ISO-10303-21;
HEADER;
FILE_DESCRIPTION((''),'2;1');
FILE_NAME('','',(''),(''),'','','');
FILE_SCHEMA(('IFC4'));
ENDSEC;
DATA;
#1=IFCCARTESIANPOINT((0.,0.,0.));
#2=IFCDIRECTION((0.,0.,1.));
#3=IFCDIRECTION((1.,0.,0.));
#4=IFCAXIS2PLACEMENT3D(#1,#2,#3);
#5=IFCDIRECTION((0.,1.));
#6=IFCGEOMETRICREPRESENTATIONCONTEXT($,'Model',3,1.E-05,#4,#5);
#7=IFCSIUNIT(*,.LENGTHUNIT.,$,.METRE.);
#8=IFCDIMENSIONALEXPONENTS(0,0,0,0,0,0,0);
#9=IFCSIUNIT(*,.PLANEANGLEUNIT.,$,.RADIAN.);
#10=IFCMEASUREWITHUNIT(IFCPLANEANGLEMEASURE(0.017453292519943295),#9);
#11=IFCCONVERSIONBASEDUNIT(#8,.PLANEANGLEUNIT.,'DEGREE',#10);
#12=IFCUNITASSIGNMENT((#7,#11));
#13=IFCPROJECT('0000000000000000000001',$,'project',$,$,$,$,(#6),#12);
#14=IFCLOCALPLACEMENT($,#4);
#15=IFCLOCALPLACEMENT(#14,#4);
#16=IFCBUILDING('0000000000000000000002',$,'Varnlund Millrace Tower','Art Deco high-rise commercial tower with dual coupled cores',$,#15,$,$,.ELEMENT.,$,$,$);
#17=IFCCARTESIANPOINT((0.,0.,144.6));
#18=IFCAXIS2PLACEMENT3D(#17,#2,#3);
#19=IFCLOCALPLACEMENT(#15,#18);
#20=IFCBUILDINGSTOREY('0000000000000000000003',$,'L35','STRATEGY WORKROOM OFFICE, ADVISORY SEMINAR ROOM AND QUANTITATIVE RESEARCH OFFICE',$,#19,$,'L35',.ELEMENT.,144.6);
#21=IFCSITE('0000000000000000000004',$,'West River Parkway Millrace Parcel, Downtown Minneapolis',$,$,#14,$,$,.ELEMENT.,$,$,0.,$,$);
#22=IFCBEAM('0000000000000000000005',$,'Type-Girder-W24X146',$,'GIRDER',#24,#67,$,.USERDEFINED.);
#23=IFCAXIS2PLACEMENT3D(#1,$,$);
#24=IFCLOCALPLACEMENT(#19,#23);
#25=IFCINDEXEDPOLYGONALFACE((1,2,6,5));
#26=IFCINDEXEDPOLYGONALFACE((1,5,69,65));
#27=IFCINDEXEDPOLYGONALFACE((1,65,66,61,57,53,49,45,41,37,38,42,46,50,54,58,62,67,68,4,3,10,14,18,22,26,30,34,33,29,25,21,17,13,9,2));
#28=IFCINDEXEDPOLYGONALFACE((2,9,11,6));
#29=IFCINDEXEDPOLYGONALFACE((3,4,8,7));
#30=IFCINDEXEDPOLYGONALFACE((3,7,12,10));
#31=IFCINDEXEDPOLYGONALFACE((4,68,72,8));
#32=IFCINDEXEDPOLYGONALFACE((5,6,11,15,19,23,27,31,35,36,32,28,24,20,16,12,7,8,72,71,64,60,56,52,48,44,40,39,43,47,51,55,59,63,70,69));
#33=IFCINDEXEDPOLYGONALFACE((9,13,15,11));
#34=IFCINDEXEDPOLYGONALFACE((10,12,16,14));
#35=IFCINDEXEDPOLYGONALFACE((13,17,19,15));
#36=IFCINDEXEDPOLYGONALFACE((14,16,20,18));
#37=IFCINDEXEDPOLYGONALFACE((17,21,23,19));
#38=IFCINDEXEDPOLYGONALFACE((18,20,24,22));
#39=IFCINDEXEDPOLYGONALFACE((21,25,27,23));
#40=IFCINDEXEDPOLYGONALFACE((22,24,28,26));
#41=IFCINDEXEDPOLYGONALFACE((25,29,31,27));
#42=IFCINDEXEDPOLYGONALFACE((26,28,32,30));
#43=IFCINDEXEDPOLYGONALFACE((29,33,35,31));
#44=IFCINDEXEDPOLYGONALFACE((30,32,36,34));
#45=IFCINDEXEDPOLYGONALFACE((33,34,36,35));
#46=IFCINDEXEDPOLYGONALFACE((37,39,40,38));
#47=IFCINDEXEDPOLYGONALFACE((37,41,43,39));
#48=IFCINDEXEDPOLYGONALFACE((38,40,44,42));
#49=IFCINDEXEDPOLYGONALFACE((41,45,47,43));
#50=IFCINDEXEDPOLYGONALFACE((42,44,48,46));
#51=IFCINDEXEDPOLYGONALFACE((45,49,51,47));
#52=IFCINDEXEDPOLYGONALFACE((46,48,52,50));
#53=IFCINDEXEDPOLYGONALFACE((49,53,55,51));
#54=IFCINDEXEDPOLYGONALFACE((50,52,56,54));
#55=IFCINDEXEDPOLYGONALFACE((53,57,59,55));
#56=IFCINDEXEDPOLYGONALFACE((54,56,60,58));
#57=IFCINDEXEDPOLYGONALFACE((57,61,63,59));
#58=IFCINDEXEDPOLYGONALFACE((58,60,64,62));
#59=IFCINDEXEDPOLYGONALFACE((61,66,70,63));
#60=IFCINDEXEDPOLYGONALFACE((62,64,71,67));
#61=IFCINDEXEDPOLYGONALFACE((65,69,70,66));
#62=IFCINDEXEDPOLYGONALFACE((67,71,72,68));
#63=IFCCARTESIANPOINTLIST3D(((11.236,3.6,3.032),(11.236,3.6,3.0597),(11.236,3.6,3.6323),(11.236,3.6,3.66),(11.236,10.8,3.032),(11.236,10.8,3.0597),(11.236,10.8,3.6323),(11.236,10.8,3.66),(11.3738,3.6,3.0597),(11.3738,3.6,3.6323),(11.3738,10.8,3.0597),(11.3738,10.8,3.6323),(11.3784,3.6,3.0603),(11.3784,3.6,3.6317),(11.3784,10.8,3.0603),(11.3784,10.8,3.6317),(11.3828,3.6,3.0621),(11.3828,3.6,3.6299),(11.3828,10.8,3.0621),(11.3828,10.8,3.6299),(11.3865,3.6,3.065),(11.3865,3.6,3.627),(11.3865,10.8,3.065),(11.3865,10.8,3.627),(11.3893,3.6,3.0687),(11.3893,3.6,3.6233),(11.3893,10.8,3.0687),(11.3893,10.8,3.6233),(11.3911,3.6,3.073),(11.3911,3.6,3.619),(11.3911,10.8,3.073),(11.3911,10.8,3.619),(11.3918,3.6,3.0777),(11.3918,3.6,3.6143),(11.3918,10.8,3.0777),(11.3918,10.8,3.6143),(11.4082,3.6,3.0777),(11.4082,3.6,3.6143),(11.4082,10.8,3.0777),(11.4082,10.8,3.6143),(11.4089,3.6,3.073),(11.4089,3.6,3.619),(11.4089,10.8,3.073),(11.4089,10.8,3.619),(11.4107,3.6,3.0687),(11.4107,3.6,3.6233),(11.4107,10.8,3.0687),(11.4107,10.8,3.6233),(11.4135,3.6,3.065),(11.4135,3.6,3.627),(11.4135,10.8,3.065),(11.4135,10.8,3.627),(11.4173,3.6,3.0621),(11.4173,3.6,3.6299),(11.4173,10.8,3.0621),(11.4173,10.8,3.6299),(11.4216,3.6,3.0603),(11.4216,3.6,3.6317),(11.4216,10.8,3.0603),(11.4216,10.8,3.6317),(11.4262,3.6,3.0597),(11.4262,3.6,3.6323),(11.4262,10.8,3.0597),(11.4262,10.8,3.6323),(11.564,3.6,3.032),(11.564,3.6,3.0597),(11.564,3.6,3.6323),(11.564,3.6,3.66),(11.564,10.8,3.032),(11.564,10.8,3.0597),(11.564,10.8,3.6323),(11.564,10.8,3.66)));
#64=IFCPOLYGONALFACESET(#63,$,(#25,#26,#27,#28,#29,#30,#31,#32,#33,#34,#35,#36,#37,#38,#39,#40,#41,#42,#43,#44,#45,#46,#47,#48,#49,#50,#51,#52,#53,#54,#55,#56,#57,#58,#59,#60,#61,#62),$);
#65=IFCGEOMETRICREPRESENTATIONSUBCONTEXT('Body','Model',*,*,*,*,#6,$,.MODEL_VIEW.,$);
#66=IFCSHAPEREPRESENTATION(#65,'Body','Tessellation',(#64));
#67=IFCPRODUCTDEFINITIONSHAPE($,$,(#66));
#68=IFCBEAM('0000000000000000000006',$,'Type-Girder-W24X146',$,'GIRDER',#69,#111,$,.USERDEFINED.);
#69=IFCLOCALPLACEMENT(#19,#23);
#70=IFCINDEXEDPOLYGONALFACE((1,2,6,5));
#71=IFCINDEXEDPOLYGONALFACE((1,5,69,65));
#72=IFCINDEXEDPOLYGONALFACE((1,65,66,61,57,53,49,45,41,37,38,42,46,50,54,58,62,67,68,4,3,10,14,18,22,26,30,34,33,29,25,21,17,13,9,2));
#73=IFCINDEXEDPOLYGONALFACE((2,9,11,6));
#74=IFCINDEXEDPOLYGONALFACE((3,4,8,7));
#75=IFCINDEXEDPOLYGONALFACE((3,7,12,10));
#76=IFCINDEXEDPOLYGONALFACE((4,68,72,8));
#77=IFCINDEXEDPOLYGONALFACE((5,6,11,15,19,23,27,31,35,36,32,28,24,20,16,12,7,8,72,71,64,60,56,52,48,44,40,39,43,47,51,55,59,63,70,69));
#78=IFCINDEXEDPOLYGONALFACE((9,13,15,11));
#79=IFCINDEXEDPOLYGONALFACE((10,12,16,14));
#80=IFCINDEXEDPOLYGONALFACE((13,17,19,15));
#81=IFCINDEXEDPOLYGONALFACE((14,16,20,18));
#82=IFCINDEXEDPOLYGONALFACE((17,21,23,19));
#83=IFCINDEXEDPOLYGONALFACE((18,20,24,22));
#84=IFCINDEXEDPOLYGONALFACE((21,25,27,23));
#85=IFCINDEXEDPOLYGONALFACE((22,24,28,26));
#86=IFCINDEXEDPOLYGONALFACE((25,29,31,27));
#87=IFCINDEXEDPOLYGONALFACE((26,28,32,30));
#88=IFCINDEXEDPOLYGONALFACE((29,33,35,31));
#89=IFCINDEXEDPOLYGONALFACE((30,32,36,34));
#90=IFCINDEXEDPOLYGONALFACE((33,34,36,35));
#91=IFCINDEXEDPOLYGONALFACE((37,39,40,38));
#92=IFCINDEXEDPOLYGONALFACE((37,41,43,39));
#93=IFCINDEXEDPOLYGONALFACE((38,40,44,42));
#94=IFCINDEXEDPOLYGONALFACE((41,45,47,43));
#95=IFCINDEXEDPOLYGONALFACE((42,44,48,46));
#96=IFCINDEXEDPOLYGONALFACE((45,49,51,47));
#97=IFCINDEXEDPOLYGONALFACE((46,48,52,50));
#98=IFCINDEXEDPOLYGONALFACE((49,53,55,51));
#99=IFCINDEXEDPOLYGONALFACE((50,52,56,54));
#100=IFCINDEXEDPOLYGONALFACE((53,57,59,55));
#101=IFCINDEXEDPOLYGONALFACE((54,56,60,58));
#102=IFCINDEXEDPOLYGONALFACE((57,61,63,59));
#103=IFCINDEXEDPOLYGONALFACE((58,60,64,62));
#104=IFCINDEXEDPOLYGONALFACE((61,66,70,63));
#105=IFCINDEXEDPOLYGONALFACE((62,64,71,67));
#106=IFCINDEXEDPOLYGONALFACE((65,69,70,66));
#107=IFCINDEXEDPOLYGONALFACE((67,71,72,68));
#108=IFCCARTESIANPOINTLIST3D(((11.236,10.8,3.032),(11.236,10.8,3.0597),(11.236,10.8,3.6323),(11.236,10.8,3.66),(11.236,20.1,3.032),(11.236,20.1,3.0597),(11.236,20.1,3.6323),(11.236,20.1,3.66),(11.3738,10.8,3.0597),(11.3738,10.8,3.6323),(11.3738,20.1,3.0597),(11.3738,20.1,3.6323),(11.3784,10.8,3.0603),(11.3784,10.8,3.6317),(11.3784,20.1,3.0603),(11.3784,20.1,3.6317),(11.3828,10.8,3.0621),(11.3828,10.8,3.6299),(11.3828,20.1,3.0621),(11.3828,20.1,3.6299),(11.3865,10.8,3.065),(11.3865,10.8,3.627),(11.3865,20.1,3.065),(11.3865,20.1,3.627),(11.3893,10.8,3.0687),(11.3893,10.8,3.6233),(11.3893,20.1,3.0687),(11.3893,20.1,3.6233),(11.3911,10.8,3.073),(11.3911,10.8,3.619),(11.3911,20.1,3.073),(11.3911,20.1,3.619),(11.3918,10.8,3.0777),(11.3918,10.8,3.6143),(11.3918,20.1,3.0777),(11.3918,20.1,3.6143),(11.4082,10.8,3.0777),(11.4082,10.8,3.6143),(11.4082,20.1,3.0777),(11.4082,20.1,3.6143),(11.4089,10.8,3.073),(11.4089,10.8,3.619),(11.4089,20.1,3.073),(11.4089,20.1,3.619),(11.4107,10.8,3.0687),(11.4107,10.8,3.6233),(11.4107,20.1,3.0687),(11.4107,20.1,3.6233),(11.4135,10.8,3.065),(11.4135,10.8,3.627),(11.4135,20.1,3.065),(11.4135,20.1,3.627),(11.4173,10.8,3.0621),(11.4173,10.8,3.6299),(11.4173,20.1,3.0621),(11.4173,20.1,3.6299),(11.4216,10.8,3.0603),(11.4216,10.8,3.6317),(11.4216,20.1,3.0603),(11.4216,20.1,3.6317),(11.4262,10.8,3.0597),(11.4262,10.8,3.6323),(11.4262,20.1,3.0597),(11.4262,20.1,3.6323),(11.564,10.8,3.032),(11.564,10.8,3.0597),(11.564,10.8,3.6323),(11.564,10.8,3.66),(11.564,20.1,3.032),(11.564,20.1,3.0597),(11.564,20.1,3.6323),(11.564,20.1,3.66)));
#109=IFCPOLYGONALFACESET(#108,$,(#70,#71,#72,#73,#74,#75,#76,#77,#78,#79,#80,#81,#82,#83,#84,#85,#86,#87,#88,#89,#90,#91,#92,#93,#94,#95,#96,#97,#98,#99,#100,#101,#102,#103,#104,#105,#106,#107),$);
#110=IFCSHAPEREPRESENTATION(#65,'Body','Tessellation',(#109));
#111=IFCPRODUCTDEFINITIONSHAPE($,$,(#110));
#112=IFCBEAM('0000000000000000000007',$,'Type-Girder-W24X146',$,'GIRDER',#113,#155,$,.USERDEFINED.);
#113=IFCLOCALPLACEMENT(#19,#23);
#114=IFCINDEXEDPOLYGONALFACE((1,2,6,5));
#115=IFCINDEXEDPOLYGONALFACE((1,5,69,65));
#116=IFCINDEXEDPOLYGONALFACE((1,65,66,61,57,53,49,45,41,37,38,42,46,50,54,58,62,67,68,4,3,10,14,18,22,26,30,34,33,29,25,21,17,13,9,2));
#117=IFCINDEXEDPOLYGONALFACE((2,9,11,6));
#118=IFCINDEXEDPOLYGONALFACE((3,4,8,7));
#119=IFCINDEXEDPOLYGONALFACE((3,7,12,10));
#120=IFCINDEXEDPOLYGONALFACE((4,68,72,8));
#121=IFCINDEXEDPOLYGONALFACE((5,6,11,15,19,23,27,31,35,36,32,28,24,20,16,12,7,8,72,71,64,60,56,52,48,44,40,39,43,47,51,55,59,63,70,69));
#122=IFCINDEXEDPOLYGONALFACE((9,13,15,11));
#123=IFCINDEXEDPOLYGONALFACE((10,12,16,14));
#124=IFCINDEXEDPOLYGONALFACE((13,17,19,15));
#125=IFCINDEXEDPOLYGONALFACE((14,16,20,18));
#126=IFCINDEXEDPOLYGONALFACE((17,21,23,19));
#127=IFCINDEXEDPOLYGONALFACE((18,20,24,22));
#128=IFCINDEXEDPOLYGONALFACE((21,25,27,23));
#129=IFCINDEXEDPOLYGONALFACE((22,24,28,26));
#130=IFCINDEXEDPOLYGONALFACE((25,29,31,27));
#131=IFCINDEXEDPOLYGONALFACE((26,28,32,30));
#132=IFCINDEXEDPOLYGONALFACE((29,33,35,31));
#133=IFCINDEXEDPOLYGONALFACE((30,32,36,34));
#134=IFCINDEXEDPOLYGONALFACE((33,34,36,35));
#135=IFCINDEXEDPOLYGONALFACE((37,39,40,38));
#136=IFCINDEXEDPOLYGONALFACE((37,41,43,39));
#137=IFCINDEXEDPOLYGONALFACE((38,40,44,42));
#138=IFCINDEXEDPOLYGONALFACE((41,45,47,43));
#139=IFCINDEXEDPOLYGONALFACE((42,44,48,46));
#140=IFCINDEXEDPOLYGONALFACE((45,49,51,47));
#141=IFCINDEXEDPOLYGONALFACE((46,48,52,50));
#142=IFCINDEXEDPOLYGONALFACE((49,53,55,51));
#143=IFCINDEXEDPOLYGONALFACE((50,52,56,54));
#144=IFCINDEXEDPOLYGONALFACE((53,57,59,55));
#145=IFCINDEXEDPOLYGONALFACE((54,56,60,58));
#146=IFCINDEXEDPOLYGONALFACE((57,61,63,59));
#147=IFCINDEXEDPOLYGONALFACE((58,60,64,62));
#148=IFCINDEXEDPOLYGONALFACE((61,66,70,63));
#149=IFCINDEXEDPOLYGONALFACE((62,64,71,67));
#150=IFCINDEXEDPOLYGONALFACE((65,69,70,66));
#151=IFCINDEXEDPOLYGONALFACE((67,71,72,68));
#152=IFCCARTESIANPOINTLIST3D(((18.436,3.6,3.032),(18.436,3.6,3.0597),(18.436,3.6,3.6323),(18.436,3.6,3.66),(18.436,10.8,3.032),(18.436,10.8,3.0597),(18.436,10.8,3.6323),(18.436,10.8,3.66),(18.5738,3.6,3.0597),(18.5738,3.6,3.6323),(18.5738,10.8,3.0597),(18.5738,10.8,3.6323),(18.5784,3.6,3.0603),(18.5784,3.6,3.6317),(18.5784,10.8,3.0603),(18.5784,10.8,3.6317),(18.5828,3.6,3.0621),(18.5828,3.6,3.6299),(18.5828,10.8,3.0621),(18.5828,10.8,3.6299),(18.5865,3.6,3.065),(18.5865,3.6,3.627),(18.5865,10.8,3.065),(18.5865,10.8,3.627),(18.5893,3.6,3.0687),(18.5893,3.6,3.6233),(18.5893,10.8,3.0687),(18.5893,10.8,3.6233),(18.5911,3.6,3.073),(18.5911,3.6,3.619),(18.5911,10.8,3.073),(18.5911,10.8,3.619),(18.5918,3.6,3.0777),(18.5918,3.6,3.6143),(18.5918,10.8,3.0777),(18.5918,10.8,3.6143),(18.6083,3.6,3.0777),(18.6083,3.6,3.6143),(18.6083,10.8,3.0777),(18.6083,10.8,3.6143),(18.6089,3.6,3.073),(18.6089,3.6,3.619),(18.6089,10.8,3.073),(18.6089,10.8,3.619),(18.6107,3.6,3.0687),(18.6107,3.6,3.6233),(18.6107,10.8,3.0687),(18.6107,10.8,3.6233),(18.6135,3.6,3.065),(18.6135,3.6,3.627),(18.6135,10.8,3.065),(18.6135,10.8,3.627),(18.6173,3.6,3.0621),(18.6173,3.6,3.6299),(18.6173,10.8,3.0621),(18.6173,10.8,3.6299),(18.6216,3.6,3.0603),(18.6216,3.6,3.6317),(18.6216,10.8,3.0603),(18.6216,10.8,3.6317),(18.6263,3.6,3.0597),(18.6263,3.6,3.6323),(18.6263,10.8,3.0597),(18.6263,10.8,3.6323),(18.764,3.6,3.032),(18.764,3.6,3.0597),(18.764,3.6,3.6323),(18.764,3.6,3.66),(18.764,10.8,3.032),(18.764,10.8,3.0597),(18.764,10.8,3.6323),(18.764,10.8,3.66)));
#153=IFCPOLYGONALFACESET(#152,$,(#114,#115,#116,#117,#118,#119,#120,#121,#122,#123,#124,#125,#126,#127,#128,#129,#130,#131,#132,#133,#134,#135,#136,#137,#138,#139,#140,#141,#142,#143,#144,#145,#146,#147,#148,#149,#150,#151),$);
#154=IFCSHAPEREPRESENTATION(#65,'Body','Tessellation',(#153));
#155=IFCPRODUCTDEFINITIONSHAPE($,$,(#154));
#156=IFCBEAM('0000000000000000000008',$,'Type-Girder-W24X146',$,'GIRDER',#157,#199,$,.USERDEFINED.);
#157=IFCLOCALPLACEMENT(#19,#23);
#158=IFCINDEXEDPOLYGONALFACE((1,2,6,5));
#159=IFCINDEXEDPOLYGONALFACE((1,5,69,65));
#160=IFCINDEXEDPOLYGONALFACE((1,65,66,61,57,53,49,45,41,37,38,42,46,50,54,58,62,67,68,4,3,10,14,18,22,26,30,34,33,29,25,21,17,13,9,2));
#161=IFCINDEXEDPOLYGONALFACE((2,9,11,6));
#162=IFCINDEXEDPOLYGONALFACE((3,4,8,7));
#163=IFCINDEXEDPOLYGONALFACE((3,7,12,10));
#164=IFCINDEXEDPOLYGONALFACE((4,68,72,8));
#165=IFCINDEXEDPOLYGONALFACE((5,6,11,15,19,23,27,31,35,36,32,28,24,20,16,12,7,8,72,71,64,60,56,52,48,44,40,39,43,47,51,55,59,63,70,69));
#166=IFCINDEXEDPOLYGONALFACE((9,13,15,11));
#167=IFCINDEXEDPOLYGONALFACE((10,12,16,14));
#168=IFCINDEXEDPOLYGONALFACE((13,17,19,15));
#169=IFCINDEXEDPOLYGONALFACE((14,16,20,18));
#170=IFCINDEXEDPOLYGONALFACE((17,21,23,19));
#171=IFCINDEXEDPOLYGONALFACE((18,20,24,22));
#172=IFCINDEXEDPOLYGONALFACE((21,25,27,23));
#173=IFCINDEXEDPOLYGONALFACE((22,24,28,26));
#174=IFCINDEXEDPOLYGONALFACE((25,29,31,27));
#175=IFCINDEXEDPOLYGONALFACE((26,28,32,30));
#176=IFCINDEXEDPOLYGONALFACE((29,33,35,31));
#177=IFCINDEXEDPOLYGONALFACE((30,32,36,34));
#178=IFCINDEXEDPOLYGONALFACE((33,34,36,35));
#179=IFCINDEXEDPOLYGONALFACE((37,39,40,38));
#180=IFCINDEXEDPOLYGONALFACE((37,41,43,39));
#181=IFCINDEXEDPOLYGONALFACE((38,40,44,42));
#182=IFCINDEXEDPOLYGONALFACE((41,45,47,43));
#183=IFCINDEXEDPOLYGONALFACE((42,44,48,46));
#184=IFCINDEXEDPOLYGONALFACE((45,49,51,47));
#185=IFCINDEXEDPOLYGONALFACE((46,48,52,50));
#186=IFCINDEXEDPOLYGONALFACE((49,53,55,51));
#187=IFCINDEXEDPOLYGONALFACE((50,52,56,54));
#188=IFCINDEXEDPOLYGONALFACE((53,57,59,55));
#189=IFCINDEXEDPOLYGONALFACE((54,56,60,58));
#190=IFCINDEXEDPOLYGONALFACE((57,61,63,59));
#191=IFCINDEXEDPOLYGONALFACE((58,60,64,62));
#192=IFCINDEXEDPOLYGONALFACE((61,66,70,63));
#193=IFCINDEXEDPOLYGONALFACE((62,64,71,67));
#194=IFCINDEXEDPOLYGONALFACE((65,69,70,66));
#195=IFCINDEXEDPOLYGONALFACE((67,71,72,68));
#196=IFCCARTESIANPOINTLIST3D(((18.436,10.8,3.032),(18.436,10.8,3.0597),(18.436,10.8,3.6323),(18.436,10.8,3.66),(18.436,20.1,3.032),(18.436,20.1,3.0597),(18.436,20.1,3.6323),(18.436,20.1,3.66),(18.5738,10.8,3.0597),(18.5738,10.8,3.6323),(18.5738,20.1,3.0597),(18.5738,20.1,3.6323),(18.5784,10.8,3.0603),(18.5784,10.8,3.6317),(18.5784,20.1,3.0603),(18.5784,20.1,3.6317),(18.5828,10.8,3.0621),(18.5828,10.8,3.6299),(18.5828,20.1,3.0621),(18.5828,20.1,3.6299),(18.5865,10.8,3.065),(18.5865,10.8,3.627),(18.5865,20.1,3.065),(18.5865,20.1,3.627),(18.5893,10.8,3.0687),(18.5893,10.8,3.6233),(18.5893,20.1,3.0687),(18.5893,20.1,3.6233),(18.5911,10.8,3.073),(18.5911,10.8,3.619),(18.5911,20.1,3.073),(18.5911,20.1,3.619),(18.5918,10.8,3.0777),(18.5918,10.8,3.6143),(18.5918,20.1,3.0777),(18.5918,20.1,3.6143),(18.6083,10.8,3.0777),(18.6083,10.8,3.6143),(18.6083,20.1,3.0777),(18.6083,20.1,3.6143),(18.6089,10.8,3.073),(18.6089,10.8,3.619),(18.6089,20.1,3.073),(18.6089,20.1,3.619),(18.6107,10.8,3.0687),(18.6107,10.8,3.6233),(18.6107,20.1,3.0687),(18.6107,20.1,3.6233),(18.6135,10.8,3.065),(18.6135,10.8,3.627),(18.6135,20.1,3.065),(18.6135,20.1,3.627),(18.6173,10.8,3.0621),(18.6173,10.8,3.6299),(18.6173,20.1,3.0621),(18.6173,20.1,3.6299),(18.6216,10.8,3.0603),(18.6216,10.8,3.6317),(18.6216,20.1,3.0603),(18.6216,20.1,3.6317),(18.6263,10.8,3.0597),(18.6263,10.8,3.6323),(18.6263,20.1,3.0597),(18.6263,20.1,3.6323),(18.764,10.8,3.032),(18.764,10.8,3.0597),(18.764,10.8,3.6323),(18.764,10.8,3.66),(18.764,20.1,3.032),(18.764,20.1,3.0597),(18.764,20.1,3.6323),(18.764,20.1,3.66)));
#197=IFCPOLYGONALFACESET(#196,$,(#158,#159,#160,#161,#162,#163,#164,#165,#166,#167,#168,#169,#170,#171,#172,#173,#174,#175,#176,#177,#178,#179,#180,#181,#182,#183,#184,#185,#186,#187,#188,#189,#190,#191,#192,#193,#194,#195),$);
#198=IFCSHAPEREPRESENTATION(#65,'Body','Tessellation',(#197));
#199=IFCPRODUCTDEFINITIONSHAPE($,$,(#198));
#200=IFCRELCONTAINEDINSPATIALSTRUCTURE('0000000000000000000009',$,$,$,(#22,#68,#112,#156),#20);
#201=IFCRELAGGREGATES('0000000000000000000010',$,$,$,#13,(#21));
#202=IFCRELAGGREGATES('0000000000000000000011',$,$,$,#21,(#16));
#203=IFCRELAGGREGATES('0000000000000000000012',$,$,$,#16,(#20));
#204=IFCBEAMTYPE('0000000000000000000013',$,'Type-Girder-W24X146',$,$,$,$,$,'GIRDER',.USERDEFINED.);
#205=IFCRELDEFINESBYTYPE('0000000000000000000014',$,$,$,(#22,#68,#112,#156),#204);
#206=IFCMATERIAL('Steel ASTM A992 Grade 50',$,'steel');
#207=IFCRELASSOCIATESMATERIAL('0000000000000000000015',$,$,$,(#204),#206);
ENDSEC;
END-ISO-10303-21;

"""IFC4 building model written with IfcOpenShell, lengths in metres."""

from ifc_helpers import new_model, entity, si_unit, converted_unit, direction, frame, origin_with_axes, origin_2d_with_axis, place, context, subcontext, project, spatial, i_section, extrude, material, material_profile, profile_set, type_object, element, save


model = new_model("IFC4")

# Units and contexts
model_context = context("Model", 3, precision=1e-05, world=origin_with_axes(), true_north=direction((0.0, 1.0)))
body_context = subcontext(model_context, "Body", "Model", "MODEL_VIEW")
ifc_project = project(units=[si_unit("LENGTHUNIT", "METRE"), converted_unit("PLANEANGLEUNIT", "DEGREE", entity("IfcPlaneAngleMeasure", 0.017453292519943295), si_unit("PLANEANGLEUNIT", "RADIAN"), dimensions=[0, 0, 0, 0, 0, 0, 0])], contexts=[model_context])

# Site, building, storey
site_placement = place(None, origin_with_axes())
site = spatial("IfcSite", under=ifc_project, at=site_placement, Name="West River Parkway Millrace Parcel, Downtown Minneapolis", CompositionType="ELEMENT", RefElevation=0.0)
building_placement = place(site_placement, origin_with_axes())
building = spatial("IfcBuilding", under=site, at=building_placement, Name="Varnlund Millrace Tower", Description="Art Deco high-rise commercial tower with dual coupled cores", CompositionType="ELEMENT")
storey_placement = place(building_placement, frame((0.0, 0.0, 144.6), z_axis=(0.0, 0.0, 1.0), x_axis=(1.0, 0.0, 0.0)))
storey = spatial("IfcBuildingStorey", under=building, at=storey_placement, Name="L35", Description="STRATEGY WORKROOM OFFICE, ADVISORY SEMINAR ROOM AND QUANTITATIVE RESEARCH OFFICE", LongName="L35", CompositionType="ELEMENT", Elevation=144.6)

# Beams
ifc_material_1 = material(Name="Steel ASTM A992 Grade 50", Category="steel")
ifc_material_profile_1 = material_profile(ifc_material_1, i_section(OverallWidth=0.328, OverallDepth=0.628, WebThickness=0.0165, FlangeThickness=0.0277, FilletRadius=0.018, at=origin_2d_with_axis()), Name="Steel ASTM A992 Grade 50")
ifc_profile_set_1 = profile_set([ifc_material_profile_1], Name="Steel ASTM A992 Grade 50")
beam_type_1 = type_object("IfcBeamType", Name="Type-Girder-W24X146", ElementType="GIRDER", PredefinedType="USERDEFINED", material=ifc_profile_set_1)
beam_1_placement = place(storey_placement, frame((11.4, 3.6, 3.346), z_axis=(0.0, 1.0, 0.0), x_axis=(-1.0, 0.0, 0.0)))
element("IfcBeam", 1, at=beam_1_placement, inside=storey, type_object=beam_type_1, Name="Type-Girder-W24X146", ObjectType="GIRDER", PredefinedType="USERDEFINED", context=body_context, shape_type="SweptSolid", body=[
    extrude(i_section(OverallWidth=0.328, OverallDepth=0.628, WebThickness=0.0165, FlangeThickness=0.0277, FilletRadius=0.018, at=origin_2d_with_axis()), origin_with_axes(), (0.0, 0.0, 1.0), 7.2),
])
beam_2_placement = place(storey_placement, frame((11.4, 10.8, 3.346), z_axis=(0.0, 1.0, 0.0), x_axis=(-1.0, 0.0, 0.0)))
element("IfcBeam", 2, at=beam_2_placement, inside=storey, type_object=beam_type_1, Name="Type-Girder-W24X146", ObjectType="GIRDER", PredefinedType="USERDEFINED", context=body_context, shape_type="SweptSolid", body=[
    extrude(i_section(OverallWidth=0.328, OverallDepth=0.628, WebThickness=0.0165, FlangeThickness=0.0277, FilletRadius=0.018, at=origin_2d_with_axis()), origin_with_axes(), (0.0, 0.0, 1.0), 9.3),
])
beam_3_placement = place(storey_placement, frame((18.6, 3.6, 3.346), z_axis=(0.0, 1.0, 0.0), x_axis=(-1.0, 0.0, 0.0)))
element("IfcBeam", 3, at=beam_3_placement, inside=storey, type_object=beam_type_1, Name="Type-Girder-W24X146", ObjectType="GIRDER", PredefinedType="USERDEFINED", context=body_context, shape_type="SweptSolid", body=[
    extrude(i_section(OverallWidth=0.328, OverallDepth=0.628, WebThickness=0.0165, FlangeThickness=0.0277, FilletRadius=0.018, at=origin_2d_with_axis()), origin_with_axes(), (0.0, 0.0, 1.0), 7.2),
])
beam_4_placement = place(storey_placement, frame((18.6, 10.8, 3.346), z_axis=(0.0, 1.0, 0.0), x_axis=(-1.0, 0.0, 0.0)))
element("IfcBeam", 4, at=beam_4_placement, inside=storey, type_object=beam_type_1, Name="Type-Girder-W24X146", ObjectType="GIRDER", PredefinedType="USERDEFINED", context=body_context, shape_type="SweptSolid", body=[
    extrude(i_section(OverallWidth=0.328, OverallDepth=0.628, WebThickness=0.0165, FlangeThickness=0.0277, FilletRadius=0.018, at=origin_2d_with_axis()), origin_with_axes(), (0.0, 0.0, 1.0), 9.3),
])

save(model, "model.ifc")
